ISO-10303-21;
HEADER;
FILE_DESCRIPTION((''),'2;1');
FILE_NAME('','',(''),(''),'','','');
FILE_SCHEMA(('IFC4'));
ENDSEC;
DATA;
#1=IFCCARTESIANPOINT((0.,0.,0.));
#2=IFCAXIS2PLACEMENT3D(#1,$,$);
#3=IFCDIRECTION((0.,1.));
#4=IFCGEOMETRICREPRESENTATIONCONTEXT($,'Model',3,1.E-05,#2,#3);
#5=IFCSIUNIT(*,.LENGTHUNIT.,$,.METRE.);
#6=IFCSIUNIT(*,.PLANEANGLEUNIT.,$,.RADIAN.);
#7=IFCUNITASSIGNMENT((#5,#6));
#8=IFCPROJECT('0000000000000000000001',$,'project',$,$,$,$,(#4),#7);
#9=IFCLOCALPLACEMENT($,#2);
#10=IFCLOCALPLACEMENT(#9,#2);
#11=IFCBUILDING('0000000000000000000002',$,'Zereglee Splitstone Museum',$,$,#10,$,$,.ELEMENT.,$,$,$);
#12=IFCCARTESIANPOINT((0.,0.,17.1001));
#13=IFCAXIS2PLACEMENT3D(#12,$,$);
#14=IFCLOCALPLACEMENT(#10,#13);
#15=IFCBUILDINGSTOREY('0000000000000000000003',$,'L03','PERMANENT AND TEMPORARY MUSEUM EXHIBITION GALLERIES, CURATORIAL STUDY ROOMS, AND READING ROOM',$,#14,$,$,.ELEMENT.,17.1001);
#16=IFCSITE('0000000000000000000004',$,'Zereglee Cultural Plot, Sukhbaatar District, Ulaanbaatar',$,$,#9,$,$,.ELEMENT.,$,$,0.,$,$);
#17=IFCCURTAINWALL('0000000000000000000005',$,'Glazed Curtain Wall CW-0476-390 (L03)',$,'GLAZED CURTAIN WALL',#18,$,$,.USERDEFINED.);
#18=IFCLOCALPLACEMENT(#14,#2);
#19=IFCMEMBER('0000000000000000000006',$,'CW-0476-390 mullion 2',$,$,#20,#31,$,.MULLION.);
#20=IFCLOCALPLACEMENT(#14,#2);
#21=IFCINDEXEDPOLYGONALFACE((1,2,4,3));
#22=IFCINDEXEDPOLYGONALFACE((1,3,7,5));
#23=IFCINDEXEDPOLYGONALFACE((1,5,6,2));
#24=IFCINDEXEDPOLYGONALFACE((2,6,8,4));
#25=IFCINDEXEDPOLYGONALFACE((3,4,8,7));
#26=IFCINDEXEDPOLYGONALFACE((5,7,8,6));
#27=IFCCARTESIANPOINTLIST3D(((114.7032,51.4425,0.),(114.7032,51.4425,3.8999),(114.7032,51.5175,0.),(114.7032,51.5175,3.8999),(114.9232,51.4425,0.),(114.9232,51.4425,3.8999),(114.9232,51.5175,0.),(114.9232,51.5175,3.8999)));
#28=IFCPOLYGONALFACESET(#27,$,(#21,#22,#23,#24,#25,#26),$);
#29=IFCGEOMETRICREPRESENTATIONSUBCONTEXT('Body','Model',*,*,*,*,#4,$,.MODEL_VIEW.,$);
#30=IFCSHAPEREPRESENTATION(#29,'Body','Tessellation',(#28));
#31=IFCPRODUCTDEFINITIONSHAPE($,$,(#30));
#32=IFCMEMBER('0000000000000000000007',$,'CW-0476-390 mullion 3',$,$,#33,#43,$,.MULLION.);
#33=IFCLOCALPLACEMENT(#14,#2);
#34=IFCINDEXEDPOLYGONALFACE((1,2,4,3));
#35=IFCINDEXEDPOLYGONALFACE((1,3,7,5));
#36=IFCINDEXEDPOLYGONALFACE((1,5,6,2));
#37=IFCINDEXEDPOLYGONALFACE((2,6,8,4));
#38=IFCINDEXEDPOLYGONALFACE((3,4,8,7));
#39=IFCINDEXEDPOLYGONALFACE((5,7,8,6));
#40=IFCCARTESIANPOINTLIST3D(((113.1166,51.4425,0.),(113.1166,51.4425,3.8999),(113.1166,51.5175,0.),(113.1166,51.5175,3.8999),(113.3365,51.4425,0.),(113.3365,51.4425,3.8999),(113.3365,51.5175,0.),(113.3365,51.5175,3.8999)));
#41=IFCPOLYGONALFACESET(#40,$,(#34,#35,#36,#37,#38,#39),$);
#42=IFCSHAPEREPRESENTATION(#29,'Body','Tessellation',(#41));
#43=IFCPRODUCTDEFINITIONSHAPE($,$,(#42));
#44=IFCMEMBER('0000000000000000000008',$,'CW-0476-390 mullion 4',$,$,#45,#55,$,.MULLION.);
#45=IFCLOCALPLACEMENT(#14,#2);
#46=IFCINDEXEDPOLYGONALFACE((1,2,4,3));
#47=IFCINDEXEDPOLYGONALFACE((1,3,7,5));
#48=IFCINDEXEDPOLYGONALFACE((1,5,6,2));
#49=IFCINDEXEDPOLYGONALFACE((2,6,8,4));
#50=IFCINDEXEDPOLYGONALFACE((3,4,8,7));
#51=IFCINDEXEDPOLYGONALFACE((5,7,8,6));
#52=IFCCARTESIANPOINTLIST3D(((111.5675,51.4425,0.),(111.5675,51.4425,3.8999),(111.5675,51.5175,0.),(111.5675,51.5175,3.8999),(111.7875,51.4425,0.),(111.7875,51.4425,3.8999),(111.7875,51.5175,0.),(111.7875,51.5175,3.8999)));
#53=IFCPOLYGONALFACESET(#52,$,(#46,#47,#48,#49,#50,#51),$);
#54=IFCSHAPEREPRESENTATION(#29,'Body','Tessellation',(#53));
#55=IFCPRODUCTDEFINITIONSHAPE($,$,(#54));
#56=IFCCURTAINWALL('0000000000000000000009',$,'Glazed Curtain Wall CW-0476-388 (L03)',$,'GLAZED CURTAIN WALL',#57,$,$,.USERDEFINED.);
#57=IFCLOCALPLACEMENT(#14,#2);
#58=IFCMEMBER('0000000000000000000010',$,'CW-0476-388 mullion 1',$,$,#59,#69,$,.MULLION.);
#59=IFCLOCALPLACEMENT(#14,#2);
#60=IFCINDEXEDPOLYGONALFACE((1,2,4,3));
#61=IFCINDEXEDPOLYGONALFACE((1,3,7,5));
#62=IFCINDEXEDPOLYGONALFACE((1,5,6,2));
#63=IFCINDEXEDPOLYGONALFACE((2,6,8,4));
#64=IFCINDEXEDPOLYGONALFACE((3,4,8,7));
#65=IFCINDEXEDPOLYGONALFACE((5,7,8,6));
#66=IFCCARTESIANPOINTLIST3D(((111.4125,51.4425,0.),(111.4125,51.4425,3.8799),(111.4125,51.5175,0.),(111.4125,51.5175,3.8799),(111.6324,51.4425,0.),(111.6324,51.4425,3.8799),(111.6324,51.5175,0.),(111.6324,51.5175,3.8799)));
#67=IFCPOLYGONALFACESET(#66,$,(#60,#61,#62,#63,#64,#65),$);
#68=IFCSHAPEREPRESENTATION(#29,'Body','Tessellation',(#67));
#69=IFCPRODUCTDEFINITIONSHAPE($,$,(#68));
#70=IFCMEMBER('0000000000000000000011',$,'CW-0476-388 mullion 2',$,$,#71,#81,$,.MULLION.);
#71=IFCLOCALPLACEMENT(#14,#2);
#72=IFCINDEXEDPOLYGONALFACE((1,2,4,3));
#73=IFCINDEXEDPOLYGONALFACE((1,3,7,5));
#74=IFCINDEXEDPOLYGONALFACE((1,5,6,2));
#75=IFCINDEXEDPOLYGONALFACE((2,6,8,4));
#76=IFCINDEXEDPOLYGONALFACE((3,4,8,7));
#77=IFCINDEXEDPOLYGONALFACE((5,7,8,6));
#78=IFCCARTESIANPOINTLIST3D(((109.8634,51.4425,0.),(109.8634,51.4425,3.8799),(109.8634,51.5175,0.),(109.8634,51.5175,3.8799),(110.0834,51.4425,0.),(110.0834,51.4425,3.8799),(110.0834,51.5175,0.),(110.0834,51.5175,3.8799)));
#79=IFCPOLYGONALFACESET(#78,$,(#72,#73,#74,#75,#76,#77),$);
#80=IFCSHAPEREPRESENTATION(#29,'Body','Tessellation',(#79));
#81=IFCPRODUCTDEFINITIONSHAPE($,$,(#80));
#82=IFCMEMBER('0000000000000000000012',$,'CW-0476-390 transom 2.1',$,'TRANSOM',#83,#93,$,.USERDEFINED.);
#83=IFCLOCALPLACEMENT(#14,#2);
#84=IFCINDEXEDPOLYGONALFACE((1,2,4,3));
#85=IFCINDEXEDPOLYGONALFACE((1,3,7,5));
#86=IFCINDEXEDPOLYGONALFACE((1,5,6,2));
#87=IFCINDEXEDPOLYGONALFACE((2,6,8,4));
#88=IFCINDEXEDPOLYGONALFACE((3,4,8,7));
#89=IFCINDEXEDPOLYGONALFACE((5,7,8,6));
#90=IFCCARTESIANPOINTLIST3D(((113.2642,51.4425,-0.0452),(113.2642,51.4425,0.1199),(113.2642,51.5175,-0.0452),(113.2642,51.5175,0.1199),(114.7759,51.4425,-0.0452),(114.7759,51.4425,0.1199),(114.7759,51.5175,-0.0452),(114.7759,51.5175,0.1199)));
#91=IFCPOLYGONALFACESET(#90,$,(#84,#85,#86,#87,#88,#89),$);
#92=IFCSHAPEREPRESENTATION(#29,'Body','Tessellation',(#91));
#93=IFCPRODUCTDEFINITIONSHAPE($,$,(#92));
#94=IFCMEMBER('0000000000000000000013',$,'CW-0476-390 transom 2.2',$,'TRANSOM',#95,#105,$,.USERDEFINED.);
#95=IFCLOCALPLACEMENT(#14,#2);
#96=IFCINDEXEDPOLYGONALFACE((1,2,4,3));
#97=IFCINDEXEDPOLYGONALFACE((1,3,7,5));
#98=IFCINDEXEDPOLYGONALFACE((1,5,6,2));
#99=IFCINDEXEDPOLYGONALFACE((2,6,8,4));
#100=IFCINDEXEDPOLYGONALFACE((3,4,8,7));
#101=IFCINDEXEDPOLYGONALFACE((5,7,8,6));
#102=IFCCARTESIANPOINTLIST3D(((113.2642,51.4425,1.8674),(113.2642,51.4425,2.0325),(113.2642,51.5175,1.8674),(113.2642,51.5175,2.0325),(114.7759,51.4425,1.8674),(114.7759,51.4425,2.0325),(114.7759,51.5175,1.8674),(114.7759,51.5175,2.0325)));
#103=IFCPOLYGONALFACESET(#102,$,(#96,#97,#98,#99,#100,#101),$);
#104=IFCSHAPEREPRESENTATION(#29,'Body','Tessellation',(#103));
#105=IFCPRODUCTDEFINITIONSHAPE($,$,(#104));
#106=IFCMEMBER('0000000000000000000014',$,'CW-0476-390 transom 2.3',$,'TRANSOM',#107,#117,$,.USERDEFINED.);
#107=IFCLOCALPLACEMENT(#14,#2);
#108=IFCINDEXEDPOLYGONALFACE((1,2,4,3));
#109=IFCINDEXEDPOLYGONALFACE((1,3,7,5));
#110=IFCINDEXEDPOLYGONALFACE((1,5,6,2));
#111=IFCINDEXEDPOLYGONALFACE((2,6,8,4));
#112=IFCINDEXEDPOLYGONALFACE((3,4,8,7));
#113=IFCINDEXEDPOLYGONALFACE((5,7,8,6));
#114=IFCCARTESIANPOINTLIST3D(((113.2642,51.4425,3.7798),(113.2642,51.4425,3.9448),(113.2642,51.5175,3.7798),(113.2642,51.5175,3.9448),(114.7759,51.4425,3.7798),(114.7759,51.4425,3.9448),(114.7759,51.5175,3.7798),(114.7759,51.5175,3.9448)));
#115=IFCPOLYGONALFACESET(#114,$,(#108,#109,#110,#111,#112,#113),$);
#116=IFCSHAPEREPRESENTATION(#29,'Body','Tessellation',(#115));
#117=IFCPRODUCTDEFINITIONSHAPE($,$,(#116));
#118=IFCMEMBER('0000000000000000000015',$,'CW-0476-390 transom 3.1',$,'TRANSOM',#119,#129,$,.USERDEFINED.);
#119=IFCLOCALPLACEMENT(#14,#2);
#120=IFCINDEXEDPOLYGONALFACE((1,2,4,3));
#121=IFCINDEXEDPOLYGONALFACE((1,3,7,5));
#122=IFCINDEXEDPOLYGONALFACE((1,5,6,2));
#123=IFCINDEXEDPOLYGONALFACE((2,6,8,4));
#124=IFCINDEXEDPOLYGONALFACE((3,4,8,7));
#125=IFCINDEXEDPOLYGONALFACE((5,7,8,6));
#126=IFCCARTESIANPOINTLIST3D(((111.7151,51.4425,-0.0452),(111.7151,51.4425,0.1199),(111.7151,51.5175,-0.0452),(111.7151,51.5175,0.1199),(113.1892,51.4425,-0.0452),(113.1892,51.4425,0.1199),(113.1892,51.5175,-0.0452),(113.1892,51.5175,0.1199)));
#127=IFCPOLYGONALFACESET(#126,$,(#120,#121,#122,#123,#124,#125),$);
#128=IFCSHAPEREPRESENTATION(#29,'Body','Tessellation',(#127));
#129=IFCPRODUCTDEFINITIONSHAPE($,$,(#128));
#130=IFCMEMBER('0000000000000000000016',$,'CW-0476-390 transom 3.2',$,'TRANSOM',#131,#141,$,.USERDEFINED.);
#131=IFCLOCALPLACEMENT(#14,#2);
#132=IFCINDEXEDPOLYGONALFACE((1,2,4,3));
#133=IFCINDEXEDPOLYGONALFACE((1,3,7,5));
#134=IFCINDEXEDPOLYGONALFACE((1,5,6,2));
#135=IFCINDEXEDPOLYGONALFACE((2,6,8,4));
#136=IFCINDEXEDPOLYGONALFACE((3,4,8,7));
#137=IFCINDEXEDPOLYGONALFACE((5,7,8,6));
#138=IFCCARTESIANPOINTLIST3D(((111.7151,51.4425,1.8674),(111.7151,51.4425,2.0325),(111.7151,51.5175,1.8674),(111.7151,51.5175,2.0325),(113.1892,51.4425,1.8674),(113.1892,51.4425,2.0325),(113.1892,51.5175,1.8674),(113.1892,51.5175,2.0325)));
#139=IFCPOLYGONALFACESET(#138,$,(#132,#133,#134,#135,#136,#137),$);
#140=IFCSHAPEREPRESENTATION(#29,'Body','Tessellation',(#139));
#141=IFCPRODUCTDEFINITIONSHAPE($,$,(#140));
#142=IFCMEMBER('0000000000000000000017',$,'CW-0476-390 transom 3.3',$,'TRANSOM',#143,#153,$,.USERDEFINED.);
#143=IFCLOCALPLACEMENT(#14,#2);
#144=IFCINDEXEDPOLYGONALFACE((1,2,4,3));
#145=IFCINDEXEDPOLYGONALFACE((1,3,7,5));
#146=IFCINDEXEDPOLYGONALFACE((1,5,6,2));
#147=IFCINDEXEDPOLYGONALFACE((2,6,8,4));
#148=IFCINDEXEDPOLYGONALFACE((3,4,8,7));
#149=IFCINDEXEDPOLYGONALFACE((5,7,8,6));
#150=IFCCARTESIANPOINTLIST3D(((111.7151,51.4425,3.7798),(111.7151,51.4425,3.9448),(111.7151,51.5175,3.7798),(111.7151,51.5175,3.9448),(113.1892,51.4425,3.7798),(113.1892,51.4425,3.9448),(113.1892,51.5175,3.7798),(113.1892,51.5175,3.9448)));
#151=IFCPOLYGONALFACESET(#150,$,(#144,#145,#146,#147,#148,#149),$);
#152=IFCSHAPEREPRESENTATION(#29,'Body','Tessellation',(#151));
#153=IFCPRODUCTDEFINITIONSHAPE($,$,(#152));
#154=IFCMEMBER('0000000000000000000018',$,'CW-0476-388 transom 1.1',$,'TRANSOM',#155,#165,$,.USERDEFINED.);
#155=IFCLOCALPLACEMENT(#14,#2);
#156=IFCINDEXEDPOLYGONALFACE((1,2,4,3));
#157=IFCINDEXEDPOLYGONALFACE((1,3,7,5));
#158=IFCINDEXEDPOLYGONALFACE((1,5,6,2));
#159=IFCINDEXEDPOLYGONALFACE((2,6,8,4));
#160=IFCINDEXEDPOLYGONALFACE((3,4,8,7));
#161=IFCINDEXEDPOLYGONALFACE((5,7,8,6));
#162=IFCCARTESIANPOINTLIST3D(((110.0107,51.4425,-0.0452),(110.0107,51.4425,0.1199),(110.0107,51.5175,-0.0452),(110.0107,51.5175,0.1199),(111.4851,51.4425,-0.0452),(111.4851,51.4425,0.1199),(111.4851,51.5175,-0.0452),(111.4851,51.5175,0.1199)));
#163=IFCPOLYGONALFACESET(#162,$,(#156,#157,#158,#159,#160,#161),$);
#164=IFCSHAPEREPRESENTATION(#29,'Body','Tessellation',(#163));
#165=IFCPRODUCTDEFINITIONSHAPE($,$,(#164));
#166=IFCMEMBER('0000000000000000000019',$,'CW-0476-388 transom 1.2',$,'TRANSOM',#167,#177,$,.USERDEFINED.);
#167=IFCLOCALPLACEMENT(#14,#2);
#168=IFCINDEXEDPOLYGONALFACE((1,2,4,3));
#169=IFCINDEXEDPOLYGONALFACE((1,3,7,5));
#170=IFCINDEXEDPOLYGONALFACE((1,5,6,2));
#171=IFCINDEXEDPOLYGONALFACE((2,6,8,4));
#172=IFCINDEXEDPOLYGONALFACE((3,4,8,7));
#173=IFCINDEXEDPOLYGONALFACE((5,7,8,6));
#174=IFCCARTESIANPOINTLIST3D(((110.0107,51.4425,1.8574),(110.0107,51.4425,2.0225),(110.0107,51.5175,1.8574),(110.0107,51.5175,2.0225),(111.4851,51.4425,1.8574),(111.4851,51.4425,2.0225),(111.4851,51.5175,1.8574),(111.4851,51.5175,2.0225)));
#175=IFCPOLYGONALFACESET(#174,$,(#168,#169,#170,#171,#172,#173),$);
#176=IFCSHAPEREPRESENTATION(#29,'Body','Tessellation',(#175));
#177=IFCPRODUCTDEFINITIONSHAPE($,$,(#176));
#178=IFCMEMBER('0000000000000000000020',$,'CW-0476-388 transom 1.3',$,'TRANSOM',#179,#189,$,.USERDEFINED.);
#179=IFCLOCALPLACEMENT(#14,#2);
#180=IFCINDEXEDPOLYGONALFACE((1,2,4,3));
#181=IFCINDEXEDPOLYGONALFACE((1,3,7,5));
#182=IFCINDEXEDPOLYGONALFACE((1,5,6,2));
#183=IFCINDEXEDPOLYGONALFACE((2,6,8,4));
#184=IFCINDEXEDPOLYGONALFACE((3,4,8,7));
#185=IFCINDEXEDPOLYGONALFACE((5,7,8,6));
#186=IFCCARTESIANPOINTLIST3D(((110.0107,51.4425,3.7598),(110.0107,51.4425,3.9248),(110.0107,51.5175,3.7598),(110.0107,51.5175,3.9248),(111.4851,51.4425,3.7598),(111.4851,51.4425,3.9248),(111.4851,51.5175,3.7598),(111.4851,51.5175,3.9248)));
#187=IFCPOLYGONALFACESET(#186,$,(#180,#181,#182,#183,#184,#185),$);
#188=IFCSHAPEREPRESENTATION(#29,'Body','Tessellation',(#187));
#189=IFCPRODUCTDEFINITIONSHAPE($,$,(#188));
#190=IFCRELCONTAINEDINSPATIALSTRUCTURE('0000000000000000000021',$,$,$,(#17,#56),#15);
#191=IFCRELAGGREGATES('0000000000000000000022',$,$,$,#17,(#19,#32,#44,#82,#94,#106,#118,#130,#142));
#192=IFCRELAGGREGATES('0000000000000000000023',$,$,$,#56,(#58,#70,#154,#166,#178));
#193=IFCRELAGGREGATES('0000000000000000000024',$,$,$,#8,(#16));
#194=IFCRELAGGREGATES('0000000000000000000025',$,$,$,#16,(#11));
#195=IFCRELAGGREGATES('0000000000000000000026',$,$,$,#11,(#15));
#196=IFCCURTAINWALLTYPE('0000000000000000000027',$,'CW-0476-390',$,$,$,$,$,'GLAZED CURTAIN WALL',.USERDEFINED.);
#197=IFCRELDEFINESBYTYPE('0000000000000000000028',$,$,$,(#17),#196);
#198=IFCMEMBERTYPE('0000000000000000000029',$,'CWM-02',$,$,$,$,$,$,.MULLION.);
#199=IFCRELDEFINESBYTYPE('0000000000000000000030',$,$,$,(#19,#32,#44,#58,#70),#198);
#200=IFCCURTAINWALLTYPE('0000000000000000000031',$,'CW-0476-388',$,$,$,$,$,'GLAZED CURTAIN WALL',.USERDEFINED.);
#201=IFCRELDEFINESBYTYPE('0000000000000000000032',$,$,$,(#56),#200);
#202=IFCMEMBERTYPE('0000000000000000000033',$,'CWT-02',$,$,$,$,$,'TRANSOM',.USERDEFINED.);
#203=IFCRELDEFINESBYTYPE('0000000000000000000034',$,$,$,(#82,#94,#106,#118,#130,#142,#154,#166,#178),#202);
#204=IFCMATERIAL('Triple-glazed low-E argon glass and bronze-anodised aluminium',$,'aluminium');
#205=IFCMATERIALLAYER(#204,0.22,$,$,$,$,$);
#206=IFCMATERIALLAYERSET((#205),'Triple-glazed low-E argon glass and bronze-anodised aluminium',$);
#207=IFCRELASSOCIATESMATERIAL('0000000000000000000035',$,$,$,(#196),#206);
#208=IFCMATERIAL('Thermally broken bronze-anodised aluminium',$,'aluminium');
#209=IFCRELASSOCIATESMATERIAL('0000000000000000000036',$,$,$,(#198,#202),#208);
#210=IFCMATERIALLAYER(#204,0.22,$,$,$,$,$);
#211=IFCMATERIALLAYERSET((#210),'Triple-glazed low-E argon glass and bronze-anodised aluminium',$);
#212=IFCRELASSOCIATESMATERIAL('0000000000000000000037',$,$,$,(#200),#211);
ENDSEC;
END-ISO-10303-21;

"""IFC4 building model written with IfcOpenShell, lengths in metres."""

from ifc_helpers import new_model, si_unit, direction, frame, origin, origin_2d, place, context, subcontext, project, spatial, rectangle, extrude, material, layer, layer_set, material_profile, profile_set, type_object, element, aggregate, save


model = new_model("IFC4")

# Units and contexts
model_context = context("Model", 3, precision=1e-05, world=origin(), true_north=direction((0.0, 1.0)))
body_context = subcontext(model_context, "Body", "Model", "MODEL_VIEW")
ifc_project = project(units=[si_unit("LENGTHUNIT", "METRE"), si_unit("PLANEANGLEUNIT", "RADIAN")], contexts=[model_context])

# Site, building, storey
site_placement = place(None, origin())
site = spatial("IfcSite", under=ifc_project, at=site_placement, Name="Zereglee Cultural Plot, Sukhbaatar District, Ulaanbaatar", CompositionType="ELEMENT", RefElevation=0.0)
building_placement = place(site_placement, origin())
building = spatial("IfcBuilding", under=site, at=building_placement, Name="Zereglee Splitstone Museum", CompositionType="ELEMENT")
storey_placement = place(building_placement, frame((0.0, 0.0, 17.1001)))
storey = spatial("IfcBuildingStorey", under=building, at=storey_placement, Name="L03", Description="PERMANENT AND TEMPORARY MUSEUM EXHIBITION GALLERIES, CURATORIAL STUDY ROOMS, AND READING ROOM", CompositionType="ELEMENT", Elevation=17.1001)

# Curtain walls, members
ifc_material_1 = material(Name="Triple-glazed low-E argon glass and bronze-anodised aluminium", Category="aluminium")
ifc_layer_1 = layer(ifc_material_1, 0.22)
ifc_layer_set_1 = layer_set([ifc_layer_1], Name="Triple-glazed low-E argon glass and bronze-anodised aluminium")
curtain_wall_type_1 = type_object("IfcCurtainWallType", Name="CW-0476-390", ElementType="GLAZED CURTAIN WALL", PredefinedType="USERDEFINED", material=ifc_layer_set_1)
curtain_wall_1_placement = place(storey_placement, origin())
curtain_wall_1 = element("IfcCurtainWall", 1, at=curtain_wall_1_placement, inside=storey, type_object=curtain_wall_type_1, Name="Glazed Curtain Wall CW-0476-390 (L03)", ObjectType="GLAZED CURTAIN WALL", PredefinedType="USERDEFINED")
ifc_material_2 = material(Name="Thermally broken bronze-anodised aluminium", Category="aluminium")
ifc_material_profile_1 = material_profile(ifc_material_2, rectangle(XDim=0.075, YDim=0.22, at=origin_2d()), Name="CW MULL 75x220")
ifc_profile_set_1 = profile_set([ifc_material_profile_1], Name="Thermally broken bronze-anodised aluminium")
member_type_1 = type_object("IfcMemberType", Name="CWM-02", PredefinedType="MULLION", material=ifc_profile_set_1)
member_1_placement = place(storey_placement, frame((114.8132, 51.48, 0.0), z_axis=(0.0, 0.0, 1.0), x_axis=(0.0, -1.0, 0.0)))
member_1 = element("IfcMember", 2, at=member_1_placement, type_object=member_type_1, Name="CW-0476-390 mullion 2", PredefinedType="MULLION", context=body_context, shape_type="SweptSolid", body=[
    extrude(rectangle(XDim=0.075, YDim=0.22, at=origin_2d()), origin(), (0.0, 0.0, 1.0), 3.8999),
])
member_2_placement = place(storey_placement, frame((113.2266, 51.48, 0.0), z_axis=(0.0, 0.0, 1.0), x_axis=(0.0, -1.0, 0.0)))
member_2 = element("IfcMember", 3, at=member_2_placement, type_object=member_type_1, Name="CW-0476-390 mullion 3", PredefinedType="MULLION", context=body_context, shape_type="SweptSolid", body=[
    extrude(rectangle(XDim=0.075, YDim=0.22, at=origin_2d()), origin(), (0.0, 0.0, 1.0), 3.8999),
])
member_3_placement = place(storey_placement, frame((111.6775, 51.48, 0.0), z_axis=(0.0, 0.0, 1.0), x_axis=(0.0, -1.0, 0.0)))
member_3 = element("IfcMember", 4, at=member_3_placement, type_object=member_type_1, Name="CW-0476-390 mullion 4", PredefinedType="MULLION", context=body_context, shape_type="SweptSolid", body=[
    extrude(rectangle(XDim=0.075, YDim=0.22, at=origin_2d()), origin(), (0.0, 0.0, 1.0), 3.8999),
])
ifc_layer_2 = layer(ifc_material_1, 0.22)
ifc_layer_set_2 = layer_set([ifc_layer_2], Name="Triple-glazed low-E argon glass and bronze-anodised aluminium")
curtain_wall_type_2 = type_object("IfcCurtainWallType", Name="CW-0476-388", ElementType="GLAZED CURTAIN WALL", PredefinedType="USERDEFINED", material=ifc_layer_set_2)
curtain_wall_2_placement = place(storey_placement, origin())
curtain_wall_2 = element("IfcCurtainWall", 5, at=curtain_wall_2_placement, inside=storey, type_object=curtain_wall_type_2, Name="Glazed Curtain Wall CW-0476-388 (L03)", ObjectType="GLAZED CURTAIN WALL", PredefinedType="USERDEFINED")
member_4_placement = place(storey_placement, frame((111.5225, 51.48, 0.0), z_axis=(0.0, 0.0, 1.0), x_axis=(0.0, -1.0, 0.0)))
member_4 = element("IfcMember", 6, at=member_4_placement, type_object=member_type_1, Name="CW-0476-388 mullion 1", PredefinedType="MULLION", context=body_context, shape_type="SweptSolid", body=[
    extrude(rectangle(XDim=0.075, YDim=0.22, at=origin_2d()), origin(), (0.0, 0.0, 1.0), 3.8799),
])
member_5_placement = place(storey_placement, frame((109.9734, 51.48, 0.0), z_axis=(0.0, 0.0, 1.0), x_axis=(0.0, -1.0, 0.0)))
member_5 = element("IfcMember", 7, at=member_5_placement, type_object=member_type_1, Name="CW-0476-388 mullion 2", PredefinedType="MULLION", context=body_context, shape_type="SweptSolid", body=[
    extrude(rectangle(XDim=0.075, YDim=0.22, at=origin_2d()), origin(), (0.0, 0.0, 1.0), 3.8799),
])

# Members
ifc_material_profile_2 = material_profile(ifc_material_2, rectangle(XDim=0.075, YDim=0.165, at=origin_2d()), Name="CW TRAN 75x165")
ifc_profile_set_2 = profile_set([ifc_material_profile_2], Name="Thermally broken bronze-anodised aluminium")
member_type_2 = type_object("IfcMemberType", Name="CWT-02", ElementType="TRANSOM", PredefinedType="USERDEFINED", material=ifc_profile_set_2)
member_6_placement = place(storey_placement, frame((114.7759, 51.48, 0.0374), z_axis=(-1.0, 0.0, 0.0), x_axis=(0.0, -1.0, 0.0)))
member_6 = element("IfcMember", 8, at=member_6_placement, type_object=member_type_2, Name="CW-0476-390 transom 2.1", ObjectType="TRANSOM", PredefinedType="USERDEFINED", context=body_context, shape_type="SweptSolid", body=[
    extrude(rectangle(XDim=0.075, YDim=0.165, at=origin_2d()), origin(), (0.0, 0.0, 1.0), 1.5117),
])
member_7_placement = place(storey_placement, frame((114.7759, 51.48, 1.95), z_axis=(-1.0, 0.0, 0.0), x_axis=(0.0, -1.0, 0.0)))
member_7 = element("IfcMember", 9, at=member_7_placement, type_object=member_type_2, Name="CW-0476-390 transom 2.2", ObjectType="TRANSOM", PredefinedType="USERDEFINED", context=body_context, shape_type="SweptSolid", body=[
    extrude(rectangle(XDim=0.075, YDim=0.165, at=origin_2d()), origin(), (0.0, 0.0, 1.0), 1.5117),
])
member_8_placement = place(storey_placement, frame((114.7759, 51.48, 3.8623), z_axis=(-1.0, 0.0, 0.0), x_axis=(0.0, -1.0, 0.0)))
member_8 = element("IfcMember", 10, at=member_8_placement, type_object=member_type_2, Name="CW-0476-390 transom 2.3", ObjectType="TRANSOM", PredefinedType="USERDEFINED", context=body_context, shape_type="SweptSolid", body=[
    extrude(rectangle(XDim=0.075, YDim=0.165, at=origin_2d()), origin(), (0.0, 0.0, 1.0), 1.5117),
])
member_9_placement = place(storey_placement, frame((113.1892, 51.48, 0.0374), z_axis=(-1.0, 0.0, 0.0), x_axis=(0.0, -1.0, 0.0)))
member_9 = element("IfcMember", 11, at=member_9_placement, type_object=member_type_2, Name="CW-0476-390 transom 3.1", ObjectType="TRANSOM", PredefinedType="USERDEFINED", context=body_context, shape_type="SweptSolid", body=[
    extrude(rectangle(XDim=0.075, YDim=0.165, at=origin_2d()), origin(), (0.0, 0.0, 1.0), 1.4741),
])
member_10_placement = place(storey_placement, frame((113.1892, 51.48, 1.95), z_axis=(-1.0, 0.0, 0.0), x_axis=(0.0, -1.0, 0.0)))
member_10 = element("IfcMember", 12, at=member_10_placement, type_object=member_type_2, Name="CW-0476-390 transom 3.2", ObjectType="TRANSOM", PredefinedType="USERDEFINED", context=body_context, shape_type="SweptSolid", body=[
    extrude(rectangle(XDim=0.075, YDim=0.165, at=origin_2d()), origin(), (0.0, 0.0, 1.0), 1.4741),
])
member_11_placement = place(storey_placement, frame((113.1892, 51.48, 3.8623), z_axis=(-1.0, 0.0, 0.0), x_axis=(0.0, -1.0, 0.0)))
member_11 = element("IfcMember", 13, at=member_11_placement, type_object=member_type_2, Name="CW-0476-390 transom 3.3", ObjectType="TRANSOM", PredefinedType="USERDEFINED", context=body_context, shape_type="SweptSolid", body=[
    extrude(rectangle(XDim=0.075, YDim=0.165, at=origin_2d()), origin(), (0.0, 0.0, 1.0), 1.4741),
])
member_12_placement = place(storey_placement, frame((111.4851, 51.48, 0.0374), z_axis=(-1.0, 0.0, 0.0), x_axis=(0.0, -1.0, 0.0)))
member_12 = element("IfcMember", 14, at=member_12_placement, type_object=member_type_2, Name="CW-0476-388 transom 1.1", ObjectType="TRANSOM", PredefinedType="USERDEFINED", context=body_context, shape_type="SweptSolid", body=[
    extrude(rectangle(XDim=0.075, YDim=0.165, at=origin_2d()), origin(), (0.0, 0.0, 1.0), 1.4744),
])
member_13_placement = place(storey_placement, frame((111.4851, 51.48, 1.9399), z_axis=(-1.0, 0.0, 0.0), x_axis=(0.0, -1.0, 0.0)))
member_13 = element("IfcMember", 15, at=member_13_placement, type_object=member_type_2, Name="CW-0476-388 transom 1.2", ObjectType="TRANSOM", PredefinedType="USERDEFINED", context=body_context, shape_type="SweptSolid", body=[
    extrude(rectangle(XDim=0.075, YDim=0.165, at=origin_2d()), origin(), (0.0, 0.0, 1.0), 1.4744),
])
member_14_placement = place(storey_placement, frame((111.4851, 51.48, 3.8423), z_axis=(-1.0, 0.0, 0.0), x_axis=(0.0, -1.0, 0.0)))
member_14 = element("IfcMember", 16, at=member_14_placement, type_object=member_type_2, Name="CW-0476-388 transom 1.3", ObjectType="TRANSOM", PredefinedType="USERDEFINED", context=body_context, shape_type="SweptSolid", body=[
    extrude(rectangle(XDim=0.075, YDim=0.165, at=origin_2d()), origin(), (0.0, 0.0, 1.0), 1.4744),
])

aggregate(curtain_wall_1, [member_1, member_2, member_3, member_6, member_7, member_8, member_9, member_10, member_11])
aggregate(curtain_wall_2, [member_4, member_5, member_12, member_13, member_14])

save(model, "model.ifc")
